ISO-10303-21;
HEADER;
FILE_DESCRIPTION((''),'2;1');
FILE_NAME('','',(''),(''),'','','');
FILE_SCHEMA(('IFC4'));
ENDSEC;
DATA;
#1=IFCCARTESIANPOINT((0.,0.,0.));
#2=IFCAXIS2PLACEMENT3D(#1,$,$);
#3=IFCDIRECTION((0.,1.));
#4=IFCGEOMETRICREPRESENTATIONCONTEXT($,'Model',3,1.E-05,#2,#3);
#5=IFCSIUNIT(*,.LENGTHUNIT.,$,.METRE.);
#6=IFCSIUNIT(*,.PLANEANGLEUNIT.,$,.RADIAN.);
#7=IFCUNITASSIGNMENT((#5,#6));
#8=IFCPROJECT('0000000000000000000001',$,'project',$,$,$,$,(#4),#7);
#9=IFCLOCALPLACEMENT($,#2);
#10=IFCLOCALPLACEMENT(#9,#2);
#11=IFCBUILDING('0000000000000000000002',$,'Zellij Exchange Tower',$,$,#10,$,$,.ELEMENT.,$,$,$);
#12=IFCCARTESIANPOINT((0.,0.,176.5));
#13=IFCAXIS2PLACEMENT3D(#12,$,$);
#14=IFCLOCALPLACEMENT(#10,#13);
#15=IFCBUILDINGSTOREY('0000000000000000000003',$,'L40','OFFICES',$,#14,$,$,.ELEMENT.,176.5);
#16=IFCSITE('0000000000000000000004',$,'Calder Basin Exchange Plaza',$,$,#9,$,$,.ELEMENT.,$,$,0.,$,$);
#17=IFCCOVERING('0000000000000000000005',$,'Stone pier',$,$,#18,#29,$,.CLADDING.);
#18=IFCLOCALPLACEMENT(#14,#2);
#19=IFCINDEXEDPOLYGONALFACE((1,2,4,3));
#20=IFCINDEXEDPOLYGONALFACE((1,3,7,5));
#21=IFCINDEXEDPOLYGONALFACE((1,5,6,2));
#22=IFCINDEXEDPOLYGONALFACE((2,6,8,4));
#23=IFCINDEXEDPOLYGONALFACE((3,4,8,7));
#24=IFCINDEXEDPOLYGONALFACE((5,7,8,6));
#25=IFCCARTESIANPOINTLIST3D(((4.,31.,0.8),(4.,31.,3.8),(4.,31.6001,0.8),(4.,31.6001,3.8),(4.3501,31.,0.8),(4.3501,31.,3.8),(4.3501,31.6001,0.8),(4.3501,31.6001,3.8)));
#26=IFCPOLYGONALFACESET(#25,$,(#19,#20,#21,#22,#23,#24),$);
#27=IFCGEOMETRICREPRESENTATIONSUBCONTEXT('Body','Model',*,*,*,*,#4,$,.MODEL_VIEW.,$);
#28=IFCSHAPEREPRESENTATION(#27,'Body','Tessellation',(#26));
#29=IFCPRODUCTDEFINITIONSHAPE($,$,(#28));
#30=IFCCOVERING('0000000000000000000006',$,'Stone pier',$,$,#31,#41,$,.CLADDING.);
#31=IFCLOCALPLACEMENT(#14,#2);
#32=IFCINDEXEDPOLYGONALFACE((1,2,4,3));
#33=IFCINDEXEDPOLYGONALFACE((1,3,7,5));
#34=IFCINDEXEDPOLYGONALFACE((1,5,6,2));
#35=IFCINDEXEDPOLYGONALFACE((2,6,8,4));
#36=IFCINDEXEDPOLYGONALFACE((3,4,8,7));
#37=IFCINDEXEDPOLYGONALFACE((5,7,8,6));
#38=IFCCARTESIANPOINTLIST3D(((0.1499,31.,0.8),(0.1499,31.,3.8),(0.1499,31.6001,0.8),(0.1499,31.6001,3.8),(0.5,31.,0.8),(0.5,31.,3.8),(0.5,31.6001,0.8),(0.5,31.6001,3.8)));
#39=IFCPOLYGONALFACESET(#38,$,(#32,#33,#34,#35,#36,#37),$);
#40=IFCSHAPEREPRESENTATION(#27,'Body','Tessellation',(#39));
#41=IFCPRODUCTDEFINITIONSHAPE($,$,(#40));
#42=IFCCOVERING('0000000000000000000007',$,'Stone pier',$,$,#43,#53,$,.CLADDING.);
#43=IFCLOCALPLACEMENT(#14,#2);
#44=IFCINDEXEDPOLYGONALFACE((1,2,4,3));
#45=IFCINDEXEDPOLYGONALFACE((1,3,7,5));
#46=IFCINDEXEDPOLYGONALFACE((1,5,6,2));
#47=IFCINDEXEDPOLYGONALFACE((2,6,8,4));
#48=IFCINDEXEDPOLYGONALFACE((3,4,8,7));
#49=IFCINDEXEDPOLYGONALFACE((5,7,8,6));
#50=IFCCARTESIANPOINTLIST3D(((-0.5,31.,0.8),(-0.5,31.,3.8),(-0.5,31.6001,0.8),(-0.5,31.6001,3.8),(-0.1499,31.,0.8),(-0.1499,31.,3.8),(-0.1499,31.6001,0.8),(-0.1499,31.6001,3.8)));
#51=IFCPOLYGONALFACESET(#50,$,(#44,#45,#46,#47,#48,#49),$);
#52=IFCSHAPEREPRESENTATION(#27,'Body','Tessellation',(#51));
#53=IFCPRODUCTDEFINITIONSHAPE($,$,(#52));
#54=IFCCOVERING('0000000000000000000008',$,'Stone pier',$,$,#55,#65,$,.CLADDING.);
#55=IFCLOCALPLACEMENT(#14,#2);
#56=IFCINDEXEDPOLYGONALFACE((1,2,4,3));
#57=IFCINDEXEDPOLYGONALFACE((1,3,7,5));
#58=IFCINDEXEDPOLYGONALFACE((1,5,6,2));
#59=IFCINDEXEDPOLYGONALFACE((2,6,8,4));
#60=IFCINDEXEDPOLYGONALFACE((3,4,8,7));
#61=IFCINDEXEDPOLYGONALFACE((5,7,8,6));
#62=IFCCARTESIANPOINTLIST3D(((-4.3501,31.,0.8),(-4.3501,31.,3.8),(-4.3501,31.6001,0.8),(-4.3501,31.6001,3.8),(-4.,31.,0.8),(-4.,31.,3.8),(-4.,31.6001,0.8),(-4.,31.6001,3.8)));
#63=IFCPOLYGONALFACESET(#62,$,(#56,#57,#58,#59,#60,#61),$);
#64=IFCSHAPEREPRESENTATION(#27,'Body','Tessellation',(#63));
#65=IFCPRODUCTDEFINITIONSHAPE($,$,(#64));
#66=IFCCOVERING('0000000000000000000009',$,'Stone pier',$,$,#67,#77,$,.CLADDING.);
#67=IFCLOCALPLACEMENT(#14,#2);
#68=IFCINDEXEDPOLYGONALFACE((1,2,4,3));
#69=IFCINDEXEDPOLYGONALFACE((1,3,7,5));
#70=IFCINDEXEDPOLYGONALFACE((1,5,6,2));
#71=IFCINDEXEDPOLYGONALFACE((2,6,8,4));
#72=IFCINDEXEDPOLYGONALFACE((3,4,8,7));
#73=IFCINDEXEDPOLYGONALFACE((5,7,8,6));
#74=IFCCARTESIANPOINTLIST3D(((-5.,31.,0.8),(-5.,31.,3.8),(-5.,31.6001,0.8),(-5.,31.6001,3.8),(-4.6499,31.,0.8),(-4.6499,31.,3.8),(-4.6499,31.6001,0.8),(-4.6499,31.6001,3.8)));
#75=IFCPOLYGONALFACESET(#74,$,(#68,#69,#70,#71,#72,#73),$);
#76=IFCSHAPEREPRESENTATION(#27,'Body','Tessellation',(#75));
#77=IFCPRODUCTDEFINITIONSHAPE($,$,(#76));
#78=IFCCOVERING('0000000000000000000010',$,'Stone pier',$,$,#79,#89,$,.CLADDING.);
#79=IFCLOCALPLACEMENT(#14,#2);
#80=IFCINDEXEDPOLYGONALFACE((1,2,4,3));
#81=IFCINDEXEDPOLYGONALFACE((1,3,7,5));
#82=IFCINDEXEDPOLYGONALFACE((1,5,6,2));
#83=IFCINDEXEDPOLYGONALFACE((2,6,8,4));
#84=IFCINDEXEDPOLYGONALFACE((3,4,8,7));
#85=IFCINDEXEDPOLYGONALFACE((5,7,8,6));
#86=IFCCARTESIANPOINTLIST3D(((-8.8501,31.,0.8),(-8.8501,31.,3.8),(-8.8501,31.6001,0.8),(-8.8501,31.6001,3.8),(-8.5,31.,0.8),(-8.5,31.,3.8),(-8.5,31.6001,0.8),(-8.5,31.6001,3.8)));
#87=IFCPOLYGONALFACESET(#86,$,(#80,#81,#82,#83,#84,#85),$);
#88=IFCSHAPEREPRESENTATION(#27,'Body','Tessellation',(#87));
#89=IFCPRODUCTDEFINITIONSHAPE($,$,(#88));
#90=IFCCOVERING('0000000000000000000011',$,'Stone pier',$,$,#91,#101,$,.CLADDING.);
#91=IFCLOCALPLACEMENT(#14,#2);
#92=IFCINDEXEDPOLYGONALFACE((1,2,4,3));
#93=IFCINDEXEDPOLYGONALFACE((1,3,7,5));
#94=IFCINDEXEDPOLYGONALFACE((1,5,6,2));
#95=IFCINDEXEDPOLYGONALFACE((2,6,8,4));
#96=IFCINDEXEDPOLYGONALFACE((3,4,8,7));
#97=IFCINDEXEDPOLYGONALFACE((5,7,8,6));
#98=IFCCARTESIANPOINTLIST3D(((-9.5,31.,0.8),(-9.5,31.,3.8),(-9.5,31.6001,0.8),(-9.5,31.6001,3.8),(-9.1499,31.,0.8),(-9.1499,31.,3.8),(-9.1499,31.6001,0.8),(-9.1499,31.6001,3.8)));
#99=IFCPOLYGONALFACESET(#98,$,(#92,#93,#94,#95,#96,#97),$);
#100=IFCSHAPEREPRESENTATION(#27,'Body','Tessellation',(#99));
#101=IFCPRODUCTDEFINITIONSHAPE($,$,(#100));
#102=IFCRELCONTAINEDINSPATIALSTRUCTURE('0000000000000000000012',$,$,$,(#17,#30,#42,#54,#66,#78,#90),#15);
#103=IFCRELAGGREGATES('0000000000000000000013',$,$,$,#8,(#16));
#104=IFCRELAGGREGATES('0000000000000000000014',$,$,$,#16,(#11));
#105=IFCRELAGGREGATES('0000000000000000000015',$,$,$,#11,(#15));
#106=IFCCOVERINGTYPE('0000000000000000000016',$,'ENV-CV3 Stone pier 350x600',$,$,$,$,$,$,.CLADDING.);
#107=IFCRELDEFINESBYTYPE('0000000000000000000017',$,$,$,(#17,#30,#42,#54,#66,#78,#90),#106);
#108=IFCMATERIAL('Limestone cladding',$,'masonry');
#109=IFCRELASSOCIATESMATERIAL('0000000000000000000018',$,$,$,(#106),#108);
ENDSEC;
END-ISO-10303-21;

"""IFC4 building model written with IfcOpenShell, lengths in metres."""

from ifc_helpers import new_model, si_unit, direction, frame, origin, place, context, subcontext, project, spatial, polyline, outline, extrude, material, type_object, element, save


model = new_model("IFC4")

# Units and contexts
model_context = context("Model", 3, precision=1e-05, world=origin(), true_north=direction((0.0, 1.0)))
body_context = subcontext(model_context, "Body", "Model", "MODEL_VIEW")
ifc_project = project(units=[si_unit("LENGTHUNIT", "METRE"), si_unit("PLANEANGLEUNIT", "RADIAN")], contexts=[model_context])

# Site, building, storey
site_placement = place(None, origin())
site = spatial("IfcSite", under=ifc_project, at=site_placement, Name="Calder Basin Exchange Plaza", CompositionType="ELEMENT", RefElevation=0.0)
building_placement = place(site_placement, origin())
building = spatial("IfcBuilding", under=site, at=building_placement, Name="Zellij Exchange Tower", CompositionType="ELEMENT")
storey_placement = place(building_placement, frame((0.0, 0.0, 176.5)))
storey = spatial("IfcBuildingStorey", under=building, at=storey_placement, Name="L40", Description="OFFICES", CompositionType="ELEMENT", Elevation=176.5)

# Coverings
ifc_material = material(Name="Limestone cladding", Category="masonry")
covering_type = type_object("IfcCoveringType", Name="ENV-CV3 Stone pier 350x600", PredefinedType="CLADDING", material=ifc_material)
covering_1_placement = place(storey_placement, frame((0.0, 0.0, 0.8)))
element("IfcCovering", 1, at=covering_1_placement, inside=storey, type_object=covering_type, Name="Stone pier", PredefinedType="CLADDING", context=body_context, shape_type="SweptSolid", body=[
    extrude(outline(polyline([(4.3501, 31.0), (4.0, 31.0), (4.0, 31.6001), (4.3501, 31.6001), (4.3501, 31.0)])), origin(), (0.0, 0.0, 1.0), 3.0),
])
covering_2_placement = place(storey_placement, frame((0.0, 0.0, 0.8)))
element("IfcCovering", 2, at=covering_2_placement, inside=storey, type_object=covering_type, Name="Stone pier", PredefinedType="CLADDING", context=body_context, shape_type="SweptSolid", body=[
    extrude(outline(polyline([(0.5, 31.0), (0.1499, 31.0), (0.1499, 31.6001), (0.5, 31.6001), (0.5, 31.0)])), origin(), (0.0, 0.0, 1.0), 3.0),
])
covering_3_placement = place(storey_placement, frame((0.0, 0.0, 0.8)))
element("IfcCovering", 3, at=covering_3_placement, inside=storey, type_object=covering_type, Name="Stone pier", PredefinedType="CLADDING", context=body_context, shape_type="SweptSolid", body=[
    extrude(outline(polyline([(-0.1499, 31.0), (-0.5, 31.0), (-0.5, 31.6001), (-0.1499, 31.6001), (-0.1499, 31.0)])), origin(), (0.0, 0.0, 1.0), 3.0),
])
covering_4_placement = place(storey_placement, frame((0.0, 0.0, 0.8)))
element("IfcCovering", 4, at=covering_4_placement, inside=storey, type_object=covering_type, Name="Stone pier", PredefinedType="CLADDING", context=body_context, shape_type="SweptSolid", body=[
    extrude(outline(polyline([(-4.0, 31.0), (-4.3501, 31.0), (-4.3501, 31.6001), (-4.0, 31.6001), (-4.0, 31.0)])), origin(), (0.0, 0.0, 1.0), 3.0),
])
covering_5_placement = place(storey_placement, frame((0.0, 0.0, 0.8)))
element("IfcCovering", 5, at=covering_5_placement, inside=storey, type_object=covering_type, Name="Stone pier", PredefinedType="CLADDING", context=body_context, shape_type="SweptSolid", body=[
    extrude(outline(polyline([(-4.6499, 31.0), (-5.0, 31.0), (-5.0, 31.6001), (-4.6499, 31.6001), (-4.6499, 31.0)])), origin(), (0.0, 0.0, 1.0), 3.0),
])
covering_6_placement = place(storey_placement, frame((0.0, 0.0, 0.8)))
element("IfcCovering", 6, at=covering_6_placement, inside=storey, type_object=covering_type, Name="Stone pier", PredefinedType="CLADDING", context=body_context, shape_type="SweptSolid", body=[
    extrude(outline(polyline([(-8.5, 31.0), (-8.8501, 31.0), (-8.8501, 31.6001), (-8.5, 31.6001), (-8.5, 31.0)])), origin(), (0.0, 0.0, 1.0), 3.0),
])
covering_7_placement = place(storey_placement, frame((0.0, 0.0, 0.8)))
element("IfcCovering", 7, at=covering_7_placement, inside=storey, type_object=covering_type, Name="Stone pier", PredefinedType="CLADDING", context=body_context, shape_type="SweptSolid", body=[
    extrude(outline(polyline([(-9.1499, 31.0), (-9.5, 31.0), (-9.5, 31.6001), (-9.1499, 31.6001), (-9.1499, 31.0)])), origin(), (0.0, 0.0, 1.0), 3.0),
])

save(model, "model.ifc")
